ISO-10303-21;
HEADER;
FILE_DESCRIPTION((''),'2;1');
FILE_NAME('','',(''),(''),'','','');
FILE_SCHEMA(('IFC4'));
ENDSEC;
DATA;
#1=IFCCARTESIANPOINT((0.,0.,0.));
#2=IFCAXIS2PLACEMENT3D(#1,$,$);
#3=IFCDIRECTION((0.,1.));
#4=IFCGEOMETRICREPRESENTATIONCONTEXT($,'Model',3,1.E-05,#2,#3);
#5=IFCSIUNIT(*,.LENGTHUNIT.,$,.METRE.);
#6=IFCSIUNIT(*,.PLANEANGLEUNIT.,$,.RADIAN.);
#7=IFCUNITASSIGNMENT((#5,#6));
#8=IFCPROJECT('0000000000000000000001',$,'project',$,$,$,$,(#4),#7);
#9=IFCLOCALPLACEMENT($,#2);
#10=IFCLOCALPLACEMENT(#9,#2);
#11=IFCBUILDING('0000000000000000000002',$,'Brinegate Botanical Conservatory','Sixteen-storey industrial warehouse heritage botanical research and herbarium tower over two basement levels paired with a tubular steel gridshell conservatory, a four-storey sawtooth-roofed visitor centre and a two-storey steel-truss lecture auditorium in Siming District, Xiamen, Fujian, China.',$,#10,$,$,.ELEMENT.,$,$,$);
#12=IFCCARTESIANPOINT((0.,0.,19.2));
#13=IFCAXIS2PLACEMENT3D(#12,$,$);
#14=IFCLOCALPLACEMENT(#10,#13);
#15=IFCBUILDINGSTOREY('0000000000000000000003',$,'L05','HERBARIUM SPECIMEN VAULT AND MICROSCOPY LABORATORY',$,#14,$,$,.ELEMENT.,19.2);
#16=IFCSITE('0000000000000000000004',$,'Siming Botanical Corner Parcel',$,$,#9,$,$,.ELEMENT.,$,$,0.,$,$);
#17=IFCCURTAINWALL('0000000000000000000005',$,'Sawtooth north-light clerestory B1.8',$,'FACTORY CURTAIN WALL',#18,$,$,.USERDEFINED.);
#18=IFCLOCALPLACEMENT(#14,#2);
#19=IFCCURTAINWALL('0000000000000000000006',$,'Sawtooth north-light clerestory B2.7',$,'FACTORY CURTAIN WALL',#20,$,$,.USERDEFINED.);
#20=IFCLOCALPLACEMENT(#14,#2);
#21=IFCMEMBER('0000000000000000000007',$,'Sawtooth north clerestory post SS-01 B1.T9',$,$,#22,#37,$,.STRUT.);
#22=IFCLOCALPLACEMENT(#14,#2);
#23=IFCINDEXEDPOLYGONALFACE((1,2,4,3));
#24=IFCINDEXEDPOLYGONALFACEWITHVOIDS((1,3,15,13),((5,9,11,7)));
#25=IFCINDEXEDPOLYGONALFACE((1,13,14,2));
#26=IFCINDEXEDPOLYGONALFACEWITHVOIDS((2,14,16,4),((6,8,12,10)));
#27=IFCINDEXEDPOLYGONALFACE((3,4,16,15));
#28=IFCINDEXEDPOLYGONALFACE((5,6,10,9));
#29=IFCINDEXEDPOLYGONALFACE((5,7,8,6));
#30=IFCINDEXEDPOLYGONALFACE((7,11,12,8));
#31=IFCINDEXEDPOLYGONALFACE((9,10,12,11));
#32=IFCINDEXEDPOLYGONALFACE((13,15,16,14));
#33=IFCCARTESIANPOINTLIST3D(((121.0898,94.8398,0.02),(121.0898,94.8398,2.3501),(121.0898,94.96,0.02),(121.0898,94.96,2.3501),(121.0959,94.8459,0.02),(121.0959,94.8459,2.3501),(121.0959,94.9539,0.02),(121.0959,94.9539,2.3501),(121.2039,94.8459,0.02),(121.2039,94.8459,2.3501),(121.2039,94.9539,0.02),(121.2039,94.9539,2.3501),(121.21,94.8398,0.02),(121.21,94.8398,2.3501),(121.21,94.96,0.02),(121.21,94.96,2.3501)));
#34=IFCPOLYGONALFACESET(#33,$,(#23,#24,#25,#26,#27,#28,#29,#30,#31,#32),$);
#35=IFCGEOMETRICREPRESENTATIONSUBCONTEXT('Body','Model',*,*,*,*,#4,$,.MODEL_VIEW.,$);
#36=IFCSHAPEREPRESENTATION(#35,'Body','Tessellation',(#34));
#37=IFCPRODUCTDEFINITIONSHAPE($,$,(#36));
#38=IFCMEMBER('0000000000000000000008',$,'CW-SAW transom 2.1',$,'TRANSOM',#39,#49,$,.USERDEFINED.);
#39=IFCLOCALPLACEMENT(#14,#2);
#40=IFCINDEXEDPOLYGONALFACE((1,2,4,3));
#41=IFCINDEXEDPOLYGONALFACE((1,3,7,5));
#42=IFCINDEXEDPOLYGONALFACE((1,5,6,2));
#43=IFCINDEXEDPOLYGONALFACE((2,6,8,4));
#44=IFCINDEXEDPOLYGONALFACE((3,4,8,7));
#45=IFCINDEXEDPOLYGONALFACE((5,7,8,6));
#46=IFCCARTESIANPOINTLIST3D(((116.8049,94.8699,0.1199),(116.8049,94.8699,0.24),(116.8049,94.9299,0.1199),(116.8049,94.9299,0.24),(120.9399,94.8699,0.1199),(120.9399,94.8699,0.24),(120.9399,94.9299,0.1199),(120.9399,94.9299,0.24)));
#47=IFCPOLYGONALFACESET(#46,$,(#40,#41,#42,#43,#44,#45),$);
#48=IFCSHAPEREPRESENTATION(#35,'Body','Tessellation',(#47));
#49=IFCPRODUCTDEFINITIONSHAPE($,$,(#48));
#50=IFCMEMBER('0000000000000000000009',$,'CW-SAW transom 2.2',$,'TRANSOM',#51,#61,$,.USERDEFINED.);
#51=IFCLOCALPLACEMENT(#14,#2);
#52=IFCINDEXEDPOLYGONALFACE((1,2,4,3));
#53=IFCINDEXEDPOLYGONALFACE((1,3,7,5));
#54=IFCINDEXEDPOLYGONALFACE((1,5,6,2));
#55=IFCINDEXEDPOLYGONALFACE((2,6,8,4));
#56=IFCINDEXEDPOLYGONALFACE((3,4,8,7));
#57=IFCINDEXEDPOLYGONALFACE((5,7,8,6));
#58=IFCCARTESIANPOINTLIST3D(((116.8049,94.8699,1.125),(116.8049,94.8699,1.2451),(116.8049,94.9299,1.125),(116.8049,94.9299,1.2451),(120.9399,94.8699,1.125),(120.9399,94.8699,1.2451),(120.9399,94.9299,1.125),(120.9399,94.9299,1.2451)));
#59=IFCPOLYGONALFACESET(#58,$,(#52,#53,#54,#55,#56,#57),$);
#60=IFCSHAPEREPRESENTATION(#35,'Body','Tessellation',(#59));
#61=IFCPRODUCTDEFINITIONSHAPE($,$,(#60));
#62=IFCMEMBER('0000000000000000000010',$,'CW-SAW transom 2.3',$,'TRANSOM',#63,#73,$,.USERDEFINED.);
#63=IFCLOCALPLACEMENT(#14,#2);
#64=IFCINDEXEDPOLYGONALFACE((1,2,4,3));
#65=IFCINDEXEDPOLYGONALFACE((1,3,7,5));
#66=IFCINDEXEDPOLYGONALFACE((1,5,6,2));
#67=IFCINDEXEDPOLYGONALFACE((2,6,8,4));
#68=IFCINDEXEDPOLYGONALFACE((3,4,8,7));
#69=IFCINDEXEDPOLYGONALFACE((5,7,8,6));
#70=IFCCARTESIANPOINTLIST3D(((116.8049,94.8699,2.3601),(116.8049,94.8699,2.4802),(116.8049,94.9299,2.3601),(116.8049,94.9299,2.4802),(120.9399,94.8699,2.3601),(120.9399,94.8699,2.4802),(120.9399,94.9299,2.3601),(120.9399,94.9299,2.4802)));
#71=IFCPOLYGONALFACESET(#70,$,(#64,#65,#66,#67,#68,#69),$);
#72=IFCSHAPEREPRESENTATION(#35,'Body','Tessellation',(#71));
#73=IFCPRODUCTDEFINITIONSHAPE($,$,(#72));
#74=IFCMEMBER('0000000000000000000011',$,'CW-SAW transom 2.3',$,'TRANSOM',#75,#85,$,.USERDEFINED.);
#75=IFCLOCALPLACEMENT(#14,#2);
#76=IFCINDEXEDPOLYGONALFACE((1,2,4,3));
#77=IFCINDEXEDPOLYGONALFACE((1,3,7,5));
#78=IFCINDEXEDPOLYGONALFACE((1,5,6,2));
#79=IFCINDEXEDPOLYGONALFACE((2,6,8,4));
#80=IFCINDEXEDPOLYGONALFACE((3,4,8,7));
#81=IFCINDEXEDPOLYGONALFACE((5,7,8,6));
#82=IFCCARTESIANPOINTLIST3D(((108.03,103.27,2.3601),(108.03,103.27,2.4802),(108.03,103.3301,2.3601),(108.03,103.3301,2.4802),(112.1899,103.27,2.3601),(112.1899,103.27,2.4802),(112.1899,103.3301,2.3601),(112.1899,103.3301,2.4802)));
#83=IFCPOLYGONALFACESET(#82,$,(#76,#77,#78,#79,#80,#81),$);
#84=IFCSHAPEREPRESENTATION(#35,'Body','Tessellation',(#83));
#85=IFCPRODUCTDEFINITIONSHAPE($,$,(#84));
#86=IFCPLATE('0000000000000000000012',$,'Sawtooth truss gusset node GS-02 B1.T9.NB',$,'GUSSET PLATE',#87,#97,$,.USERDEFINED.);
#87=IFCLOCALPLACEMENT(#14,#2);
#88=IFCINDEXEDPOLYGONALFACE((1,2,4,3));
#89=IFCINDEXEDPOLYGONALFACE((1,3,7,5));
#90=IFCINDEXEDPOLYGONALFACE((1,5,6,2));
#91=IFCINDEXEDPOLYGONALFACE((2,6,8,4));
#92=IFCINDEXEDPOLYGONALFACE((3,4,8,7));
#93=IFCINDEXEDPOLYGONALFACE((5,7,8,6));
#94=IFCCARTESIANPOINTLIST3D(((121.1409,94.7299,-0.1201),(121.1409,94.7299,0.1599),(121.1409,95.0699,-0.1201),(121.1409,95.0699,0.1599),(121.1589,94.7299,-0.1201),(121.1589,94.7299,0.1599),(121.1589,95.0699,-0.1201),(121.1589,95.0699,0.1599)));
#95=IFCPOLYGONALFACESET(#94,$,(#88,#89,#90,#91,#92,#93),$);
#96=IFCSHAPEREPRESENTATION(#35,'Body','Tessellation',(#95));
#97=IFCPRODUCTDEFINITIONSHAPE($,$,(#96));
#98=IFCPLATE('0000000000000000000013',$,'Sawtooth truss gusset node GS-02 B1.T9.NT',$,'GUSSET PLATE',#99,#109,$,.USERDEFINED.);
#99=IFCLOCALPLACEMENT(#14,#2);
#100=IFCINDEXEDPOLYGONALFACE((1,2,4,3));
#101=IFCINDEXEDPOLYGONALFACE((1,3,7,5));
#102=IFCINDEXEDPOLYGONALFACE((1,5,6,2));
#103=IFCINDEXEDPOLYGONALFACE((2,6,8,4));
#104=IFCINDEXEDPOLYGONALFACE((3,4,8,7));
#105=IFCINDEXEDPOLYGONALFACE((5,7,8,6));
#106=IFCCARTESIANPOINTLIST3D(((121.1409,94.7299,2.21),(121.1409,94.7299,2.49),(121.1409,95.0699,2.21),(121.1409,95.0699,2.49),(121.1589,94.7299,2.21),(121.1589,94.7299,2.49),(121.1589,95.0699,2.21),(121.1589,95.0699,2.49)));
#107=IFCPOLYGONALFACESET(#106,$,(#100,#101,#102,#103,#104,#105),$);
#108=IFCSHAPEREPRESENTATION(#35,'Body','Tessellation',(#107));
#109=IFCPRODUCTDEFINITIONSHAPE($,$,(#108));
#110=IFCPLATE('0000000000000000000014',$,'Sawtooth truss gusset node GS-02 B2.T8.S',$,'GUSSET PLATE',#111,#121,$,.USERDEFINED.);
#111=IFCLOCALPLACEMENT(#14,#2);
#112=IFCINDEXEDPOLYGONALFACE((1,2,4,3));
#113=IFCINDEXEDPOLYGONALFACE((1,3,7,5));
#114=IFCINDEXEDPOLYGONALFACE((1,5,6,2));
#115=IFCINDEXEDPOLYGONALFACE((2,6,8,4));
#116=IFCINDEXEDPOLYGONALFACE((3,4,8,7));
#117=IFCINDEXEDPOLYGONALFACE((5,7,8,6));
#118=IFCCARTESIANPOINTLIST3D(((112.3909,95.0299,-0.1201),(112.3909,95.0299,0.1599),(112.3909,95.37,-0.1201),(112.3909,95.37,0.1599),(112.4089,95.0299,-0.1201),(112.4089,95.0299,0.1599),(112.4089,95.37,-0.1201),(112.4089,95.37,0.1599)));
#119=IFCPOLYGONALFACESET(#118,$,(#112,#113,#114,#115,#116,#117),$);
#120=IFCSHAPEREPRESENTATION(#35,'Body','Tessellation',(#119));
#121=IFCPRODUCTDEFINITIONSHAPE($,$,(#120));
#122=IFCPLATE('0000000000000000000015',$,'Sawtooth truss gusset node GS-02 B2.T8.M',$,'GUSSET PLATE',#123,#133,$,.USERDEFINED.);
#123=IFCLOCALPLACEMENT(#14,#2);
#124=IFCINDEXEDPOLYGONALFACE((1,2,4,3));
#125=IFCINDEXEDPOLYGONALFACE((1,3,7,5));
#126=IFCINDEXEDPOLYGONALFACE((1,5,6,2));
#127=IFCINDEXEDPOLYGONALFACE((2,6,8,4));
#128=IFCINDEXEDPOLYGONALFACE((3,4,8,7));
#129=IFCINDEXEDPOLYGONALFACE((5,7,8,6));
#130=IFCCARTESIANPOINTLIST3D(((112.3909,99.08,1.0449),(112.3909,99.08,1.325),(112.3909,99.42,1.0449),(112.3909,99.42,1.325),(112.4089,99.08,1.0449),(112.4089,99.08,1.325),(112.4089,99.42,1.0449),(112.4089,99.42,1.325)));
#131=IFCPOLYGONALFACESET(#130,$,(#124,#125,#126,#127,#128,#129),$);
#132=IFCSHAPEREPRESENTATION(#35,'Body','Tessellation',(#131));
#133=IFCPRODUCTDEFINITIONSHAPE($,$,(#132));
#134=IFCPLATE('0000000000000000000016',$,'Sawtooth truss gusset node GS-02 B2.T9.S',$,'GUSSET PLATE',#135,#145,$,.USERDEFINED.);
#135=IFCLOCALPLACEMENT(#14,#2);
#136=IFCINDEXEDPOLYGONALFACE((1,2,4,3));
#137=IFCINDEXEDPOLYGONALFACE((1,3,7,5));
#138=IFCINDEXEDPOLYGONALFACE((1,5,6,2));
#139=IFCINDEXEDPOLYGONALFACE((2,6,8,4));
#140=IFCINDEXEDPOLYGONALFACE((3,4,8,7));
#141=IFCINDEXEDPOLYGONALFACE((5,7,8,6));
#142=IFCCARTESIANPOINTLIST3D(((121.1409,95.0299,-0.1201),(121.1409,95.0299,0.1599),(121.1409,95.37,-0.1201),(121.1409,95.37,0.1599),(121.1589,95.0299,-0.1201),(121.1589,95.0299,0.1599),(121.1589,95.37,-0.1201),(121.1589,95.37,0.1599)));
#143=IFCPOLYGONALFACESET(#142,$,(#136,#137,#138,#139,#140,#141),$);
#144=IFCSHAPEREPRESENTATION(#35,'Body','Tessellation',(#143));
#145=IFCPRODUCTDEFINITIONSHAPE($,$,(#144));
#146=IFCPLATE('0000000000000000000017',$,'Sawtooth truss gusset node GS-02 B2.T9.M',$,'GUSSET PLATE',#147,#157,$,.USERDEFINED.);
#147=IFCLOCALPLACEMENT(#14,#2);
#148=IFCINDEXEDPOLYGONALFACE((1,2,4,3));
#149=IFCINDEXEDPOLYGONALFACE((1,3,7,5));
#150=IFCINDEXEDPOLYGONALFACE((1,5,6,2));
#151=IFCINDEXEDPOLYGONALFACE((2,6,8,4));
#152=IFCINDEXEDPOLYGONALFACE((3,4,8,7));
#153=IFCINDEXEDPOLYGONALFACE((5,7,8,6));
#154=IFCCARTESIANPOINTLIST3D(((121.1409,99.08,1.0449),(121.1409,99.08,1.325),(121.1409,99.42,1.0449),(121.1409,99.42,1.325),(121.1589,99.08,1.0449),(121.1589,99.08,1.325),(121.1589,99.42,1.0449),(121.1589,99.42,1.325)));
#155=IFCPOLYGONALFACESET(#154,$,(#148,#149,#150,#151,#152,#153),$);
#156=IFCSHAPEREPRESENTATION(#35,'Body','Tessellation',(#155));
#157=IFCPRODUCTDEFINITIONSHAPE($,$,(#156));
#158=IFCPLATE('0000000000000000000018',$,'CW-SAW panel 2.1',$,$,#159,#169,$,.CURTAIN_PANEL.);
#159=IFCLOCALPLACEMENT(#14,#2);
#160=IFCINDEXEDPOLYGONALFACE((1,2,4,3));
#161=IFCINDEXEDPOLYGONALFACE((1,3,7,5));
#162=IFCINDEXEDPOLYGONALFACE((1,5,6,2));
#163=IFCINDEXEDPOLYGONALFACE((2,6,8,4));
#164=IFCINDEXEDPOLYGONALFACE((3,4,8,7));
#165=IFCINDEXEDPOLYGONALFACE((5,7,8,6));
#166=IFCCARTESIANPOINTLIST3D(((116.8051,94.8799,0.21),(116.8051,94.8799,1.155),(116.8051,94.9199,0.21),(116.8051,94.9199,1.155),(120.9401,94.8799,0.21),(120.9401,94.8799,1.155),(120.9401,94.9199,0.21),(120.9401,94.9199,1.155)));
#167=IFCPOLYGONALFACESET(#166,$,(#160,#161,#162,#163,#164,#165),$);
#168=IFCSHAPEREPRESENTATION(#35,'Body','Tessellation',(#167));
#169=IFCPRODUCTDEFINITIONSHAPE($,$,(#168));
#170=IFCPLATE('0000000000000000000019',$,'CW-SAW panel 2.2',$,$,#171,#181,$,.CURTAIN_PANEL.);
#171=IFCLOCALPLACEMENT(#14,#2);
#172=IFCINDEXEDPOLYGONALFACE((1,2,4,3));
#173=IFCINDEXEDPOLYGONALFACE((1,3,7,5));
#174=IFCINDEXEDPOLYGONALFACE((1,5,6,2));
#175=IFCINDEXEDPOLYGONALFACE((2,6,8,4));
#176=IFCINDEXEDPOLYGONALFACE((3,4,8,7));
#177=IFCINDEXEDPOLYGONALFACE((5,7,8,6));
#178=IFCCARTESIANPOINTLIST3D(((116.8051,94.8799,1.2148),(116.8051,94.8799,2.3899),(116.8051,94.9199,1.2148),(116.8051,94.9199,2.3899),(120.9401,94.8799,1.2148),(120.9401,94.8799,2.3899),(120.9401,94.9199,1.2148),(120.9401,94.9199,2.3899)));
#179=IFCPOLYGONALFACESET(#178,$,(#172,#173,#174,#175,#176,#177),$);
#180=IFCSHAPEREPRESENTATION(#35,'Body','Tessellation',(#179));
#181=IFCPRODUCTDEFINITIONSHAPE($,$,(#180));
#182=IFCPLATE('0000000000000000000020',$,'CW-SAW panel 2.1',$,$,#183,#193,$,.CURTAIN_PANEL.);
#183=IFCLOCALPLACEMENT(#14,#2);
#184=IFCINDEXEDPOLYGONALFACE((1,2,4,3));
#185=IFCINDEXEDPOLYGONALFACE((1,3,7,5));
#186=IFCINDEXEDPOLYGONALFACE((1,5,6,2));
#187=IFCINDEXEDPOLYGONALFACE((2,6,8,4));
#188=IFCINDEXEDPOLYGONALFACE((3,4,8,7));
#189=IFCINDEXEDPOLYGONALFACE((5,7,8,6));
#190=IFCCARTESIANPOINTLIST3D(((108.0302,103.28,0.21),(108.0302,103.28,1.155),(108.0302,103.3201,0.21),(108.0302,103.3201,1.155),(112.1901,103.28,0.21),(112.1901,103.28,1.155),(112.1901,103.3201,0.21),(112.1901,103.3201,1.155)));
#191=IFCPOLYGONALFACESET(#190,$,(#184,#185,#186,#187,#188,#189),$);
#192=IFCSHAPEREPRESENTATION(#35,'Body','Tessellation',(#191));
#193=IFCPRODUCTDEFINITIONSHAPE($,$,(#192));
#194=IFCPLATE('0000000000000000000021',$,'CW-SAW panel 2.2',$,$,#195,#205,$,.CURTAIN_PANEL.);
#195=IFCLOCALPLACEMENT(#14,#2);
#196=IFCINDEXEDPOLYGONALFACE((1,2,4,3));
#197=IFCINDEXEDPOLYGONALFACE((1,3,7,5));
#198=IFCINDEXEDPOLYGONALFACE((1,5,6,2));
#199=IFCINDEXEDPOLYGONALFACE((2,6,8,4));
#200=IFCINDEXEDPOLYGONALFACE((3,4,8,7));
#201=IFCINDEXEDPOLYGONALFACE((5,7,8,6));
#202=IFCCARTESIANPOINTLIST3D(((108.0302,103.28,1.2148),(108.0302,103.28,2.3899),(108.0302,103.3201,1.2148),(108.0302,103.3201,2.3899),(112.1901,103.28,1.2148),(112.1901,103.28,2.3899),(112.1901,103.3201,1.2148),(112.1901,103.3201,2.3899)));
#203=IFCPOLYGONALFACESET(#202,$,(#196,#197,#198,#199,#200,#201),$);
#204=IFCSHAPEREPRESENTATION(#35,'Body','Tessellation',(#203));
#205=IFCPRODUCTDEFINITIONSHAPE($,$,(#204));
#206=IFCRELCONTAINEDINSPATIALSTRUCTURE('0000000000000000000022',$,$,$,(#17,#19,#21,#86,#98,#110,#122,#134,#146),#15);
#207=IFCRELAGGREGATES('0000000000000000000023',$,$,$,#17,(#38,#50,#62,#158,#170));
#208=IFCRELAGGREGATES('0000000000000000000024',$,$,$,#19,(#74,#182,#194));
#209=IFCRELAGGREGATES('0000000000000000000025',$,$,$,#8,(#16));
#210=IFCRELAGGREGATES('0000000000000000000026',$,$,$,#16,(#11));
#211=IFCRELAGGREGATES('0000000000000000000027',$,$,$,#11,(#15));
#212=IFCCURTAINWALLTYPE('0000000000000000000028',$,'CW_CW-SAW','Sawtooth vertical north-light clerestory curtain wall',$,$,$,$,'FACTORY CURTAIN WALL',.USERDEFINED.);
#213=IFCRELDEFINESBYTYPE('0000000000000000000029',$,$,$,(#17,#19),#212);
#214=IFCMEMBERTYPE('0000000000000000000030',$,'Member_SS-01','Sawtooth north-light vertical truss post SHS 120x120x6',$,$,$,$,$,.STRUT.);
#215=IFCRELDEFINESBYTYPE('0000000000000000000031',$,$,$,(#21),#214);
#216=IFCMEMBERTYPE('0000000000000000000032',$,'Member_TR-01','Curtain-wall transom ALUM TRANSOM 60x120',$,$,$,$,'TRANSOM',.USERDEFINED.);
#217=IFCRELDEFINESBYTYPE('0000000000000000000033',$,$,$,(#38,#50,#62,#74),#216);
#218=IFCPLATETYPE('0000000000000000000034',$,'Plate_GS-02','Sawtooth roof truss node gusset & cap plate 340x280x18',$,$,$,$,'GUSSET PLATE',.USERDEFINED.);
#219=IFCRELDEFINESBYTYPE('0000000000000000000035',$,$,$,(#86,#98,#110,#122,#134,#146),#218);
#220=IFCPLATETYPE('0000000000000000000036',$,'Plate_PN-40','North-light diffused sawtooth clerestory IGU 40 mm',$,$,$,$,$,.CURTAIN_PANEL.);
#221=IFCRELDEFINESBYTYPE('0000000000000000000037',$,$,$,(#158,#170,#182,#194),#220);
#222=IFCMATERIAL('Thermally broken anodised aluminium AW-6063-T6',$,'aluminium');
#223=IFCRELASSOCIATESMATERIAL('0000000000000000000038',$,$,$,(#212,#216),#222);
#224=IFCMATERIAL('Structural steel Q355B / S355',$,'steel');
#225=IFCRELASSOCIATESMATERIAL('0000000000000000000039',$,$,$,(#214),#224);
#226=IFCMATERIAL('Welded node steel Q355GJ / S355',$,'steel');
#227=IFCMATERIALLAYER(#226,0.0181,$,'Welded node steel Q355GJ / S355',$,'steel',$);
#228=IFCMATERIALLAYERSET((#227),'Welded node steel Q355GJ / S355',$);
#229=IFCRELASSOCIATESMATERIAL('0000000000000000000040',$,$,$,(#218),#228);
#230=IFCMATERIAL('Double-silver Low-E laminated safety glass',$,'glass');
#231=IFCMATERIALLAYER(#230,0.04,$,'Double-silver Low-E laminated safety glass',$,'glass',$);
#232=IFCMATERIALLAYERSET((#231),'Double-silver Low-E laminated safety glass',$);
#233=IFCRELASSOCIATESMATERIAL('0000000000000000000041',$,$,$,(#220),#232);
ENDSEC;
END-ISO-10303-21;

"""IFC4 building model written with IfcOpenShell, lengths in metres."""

from ifc_helpers import new_model, si_unit, direction, frame, origin, origin_2d, place, context, subcontext, project, spatial, rectangle, hollow_rectangle, extrude, material, layer, layer_set, material_profile, profile_set, type_object, element, aggregate, save


model = new_model("IFC4")

# Units and contexts
model_context = context("Model", 3, precision=1e-05, world=origin(), true_north=direction((0.0, 1.0)))
body_context = subcontext(model_context, "Body", "Model", "MODEL_VIEW")
ifc_project = project(units=[si_unit("LENGTHUNIT", "METRE"), si_unit("PLANEANGLEUNIT", "RADIAN")], contexts=[model_context])

# Site, building, storey
site_placement = place(None, origin())
site = spatial("IfcSite", under=ifc_project, at=site_placement, Name="Siming Botanical Corner Parcel", CompositionType="ELEMENT", RefElevation=0.0)
building_placement = place(site_placement, origin())
building = spatial("IfcBuilding", under=site, at=building_placement, Name="Brinegate Botanical Conservatory", Description="Sixteen-storey industrial warehouse heritage botanical research and herbarium tower over two basement levels paired with a tubular steel gridshell conservatory, a four-storey sawtooth-roofed visitor centre and a two-storey steel-truss lecture auditorium in Siming District, Xiamen, Fujian, China.", CompositionType="ELEMENT")
storey_placement = place(building_placement, frame((0.0, 0.0, 19.2)))
storey = spatial("IfcBuildingStorey", under=building, at=storey_placement, Name="L05", Description="HERBARIUM SPECIMEN VAULT AND MICROSCOPY LABORATORY", CompositionType="ELEMENT", Elevation=19.2)

# Shared definitions
ifc_material_1 = material(Name="Structural steel Q355B / S355", Category="steel")

# Curtain walls
ifc_material_2 = material(Name="Thermally broken anodised aluminium AW-6063-T6", Category="aluminium")
curtain_wall_type = type_object("IfcCurtainWallType", Name="CW_CW-SAW", Description="Sawtooth vertical north-light clerestory curtain wall", ElementType="FACTORY CURTAIN WALL", PredefinedType="USERDEFINED", material=ifc_material_2)
curtain_wall_1_placement = place(storey_placement, origin())
curtain_wall_1 = element("IfcCurtainWall", 1, at=curtain_wall_1_placement, inside=storey, type_object=curtain_wall_type, Name="Sawtooth north-light clerestory B1.8", ObjectType="FACTORY CURTAIN WALL", PredefinedType="USERDEFINED")
curtain_wall_2_placement = place(storey_placement, origin())
curtain_wall_2 = element("IfcCurtainWall", 2, at=curtain_wall_2_placement, inside=storey, type_object=curtain_wall_type, Name="Sawtooth north-light clerestory B2.7", ObjectType="FACTORY CURTAIN WALL", PredefinedType="USERDEFINED")

# Member
ifc_material_profile_1 = material_profile(ifc_material_1, hollow_rectangle(XDim=0.1201, YDim=0.1201, WallThickness=0.0061, at=origin_2d()), Name="SHS 120x120x6")
ifc_profile_set_1 = profile_set([ifc_material_profile_1], Name="Structural steel Q355B / S355")
member_type_1 = type_object("IfcMemberType", Name="Member_SS-01", Description="Sawtooth north-light vertical truss post SHS 120x120x6", PredefinedType="STRUT", material=ifc_profile_set_1)
member_1_placement = place(storey_placement, frame((121.1499, 94.8999, 0.02), z_axis=(0.0, 0.0, 1.0), x_axis=(1.0, 0.0, 0.0)))
element("IfcMember", 3, at=member_1_placement, inside=storey, type_object=member_type_1, Name="Sawtooth north clerestory post SS-01 B1.T9", PredefinedType="STRUT", context=body_context, shape_type="SweptSolid", body=[
    extrude(hollow_rectangle(XDim=0.1201, YDim=0.1201, WallThickness=0.0061, at=origin_2d()), origin(), (0.0, 0.0, 1.0), 2.3301),
])

# Members
ifc_material_profile_2 = material_profile(ifc_material_2, rectangle(XDim=0.0601, YDim=0.1201, at=origin_2d()), Name="ALUM TRANSOM 60x120")
ifc_profile_set_2 = profile_set([ifc_material_profile_2], Name="Thermally broken anodised aluminium AW-6063-T6")
member_type_2 = type_object("IfcMemberType", Name="Member_TR-01", Description="Curtain-wall transom ALUM TRANSOM 60x120", ElementType="TRANSOM", PredefinedType="USERDEFINED", material=ifc_profile_set_2)
member_2_placement = place(storey_placement, frame((116.8049, 94.8999, 0.1799), z_axis=(1.0, 0.0, 0.0), x_axis=(0.0, 1.0, 0.0)))
member_2 = element("IfcMember", 4, at=member_2_placement, type_object=member_type_2, Name="CW-SAW transom 2.1", ObjectType="TRANSOM", PredefinedType="USERDEFINED", context=body_context, shape_type="SweptSolid", body=[
    extrude(rectangle(XDim=0.0601, YDim=0.1201, at=origin_2d()), origin(), (0.0, 0.0, 1.0), 4.135),
])
member_3_placement = place(storey_placement, frame((116.8049, 94.8999, 1.1851), z_axis=(1.0, 0.0, 0.0), x_axis=(0.0, 1.0, 0.0)))
member_3 = element("IfcMember", 5, at=member_3_placement, type_object=member_type_2, Name="CW-SAW transom 2.2", ObjectType="TRANSOM", PredefinedType="USERDEFINED", context=body_context, shape_type="SweptSolid", body=[
    extrude(rectangle(XDim=0.0601, YDim=0.1201, at=origin_2d()), origin(), (0.0, 0.0, 1.0), 4.135),
])
member_4_placement = place(storey_placement, frame((116.8049, 94.8999, 2.4202), z_axis=(1.0, 0.0, 0.0), x_axis=(0.0, 1.0, 0.0)))
member_4 = element("IfcMember", 6, at=member_4_placement, type_object=member_type_2, Name="CW-SAW transom 2.3", ObjectType="TRANSOM", PredefinedType="USERDEFINED", context=body_context, shape_type="SweptSolid", body=[
    extrude(rectangle(XDim=0.0601, YDim=0.1201, at=origin_2d()), origin(), (0.0, 0.0, 1.0), 4.135),
])
member_5_placement = place(storey_placement, frame((108.03, 103.3, 2.4202), z_axis=(1.0, 0.0, 0.0), x_axis=(0.0, 1.0, 0.0)))
member_5 = element("IfcMember", 7, at=member_5_placement, type_object=member_type_2, Name="CW-SAW transom 2.3", ObjectType="TRANSOM", PredefinedType="USERDEFINED", context=body_context, shape_type="SweptSolid", body=[
    extrude(rectangle(XDim=0.0601, YDim=0.1201, at=origin_2d()), origin(), (0.0, 0.0, 1.0), 4.1599),
])

# Plates
ifc_material_3 = material(Name="Welded node steel Q355GJ / S355", Category="steel")
ifc_layer_1 = layer(ifc_material_3, 0.0181, Name="Welded node steel Q355GJ / S355", Category="steel")
ifc_layer_set_1 = layer_set([ifc_layer_1], Name="Welded node steel Q355GJ / S355")
plate_type_1 = type_object("IfcPlateType", Name="Plate_GS-02", Description="Sawtooth roof truss node gusset & cap plate 340x280x18", ElementType="GUSSET PLATE", PredefinedType="USERDEFINED", material=ifc_layer_set_1)
for number, where, z_axis, x_axis, name in (
    (8, (121.1499, 94.8999, -0.1201), (0.0, 0.0, 1.0), (1.0, 0.0, 0.0), "Sawtooth truss gusset node GS-02 B1.T9.NB"),
    (9, (121.1499, 94.8999, 2.21), (0.0, 0.0, 1.0), (1.0, 0.0, 0.0), "Sawtooth truss gusset node GS-02 B1.T9.NT"),
    (10, (112.3999, 95.2, -0.1201), (0.0, 0.0, 1.0), (1.0, 0.0, 0.0), "Sawtooth truss gusset node GS-02 B2.T8.S"),
    (11, (112.3999, 99.25, 1.0449), (0.0, 0.0, 1.0), (1.0, 0.0, 0.0), "Sawtooth truss gusset node GS-02 B2.T8.M"),
    (12, (121.1499, 95.2, -0.1201), (0.0, 0.0, 1.0), (1.0, 0.0, 0.0), "Sawtooth truss gusset node GS-02 B2.T9.S"),
    (13, (121.1499, 99.25, 1.0449), (0.0, 0.0, 1.0), (1.0, 0.0, 0.0), "Sawtooth truss gusset node GS-02 B2.T9.M"),
):
    element("IfcPlate", number, at=place(storey_placement, frame(where, z_axis=z_axis, x_axis=x_axis)), inside=storey, type_object=plate_type_1, Name=name, ObjectType="GUSSET PLATE", PredefinedType="USERDEFINED", context=body_context, shape_type="SweptSolid", body=[
        extrude(rectangle(XDim=0.0181, YDim=0.3401, at=origin_2d()), origin(), (0.0, 0.0, 1.0), 0.28),
    ])

# Plates
ifc_material_4 = material(Name="Double-silver Low-E laminated safety glass", Category="glass")
ifc_layer_2 = layer(ifc_material_4, 0.04, Name="Double-silver Low-E laminated safety glass", Category="glass")
ifc_layer_set_2 = layer_set([ifc_layer_2], Name="Double-silver Low-E laminated safety glass")
plate_type_2 = type_object("IfcPlateType", Name="Plate_PN-40", Description="North-light diffused sawtooth clerestory IGU 40 mm", PredefinedType="CURTAIN_PANEL", material=ifc_layer_set_2)
plate_1_placement = place(storey_placement, frame((118.8726, 94.8999, 0.21), z_axis=(0.0, 0.0, 1.0), x_axis=(1.0, 0.0, 0.0)))
plate_1 = element("IfcPlate", 14, at=plate_1_placement, type_object=plate_type_2, Name="CW-SAW panel 2.1", PredefinedType="CURTAIN_PANEL", context=body_context, shape_type="SweptSolid", body=[
    extrude(rectangle(XDim=4.135, YDim=0.04, at=origin_2d()), origin(), (0.0, 0.0, 1.0), 0.9451),
])
plate_2_placement = place(storey_placement, frame((118.8726, 94.8999, 1.2148), z_axis=(0.0, 0.0, 1.0), x_axis=(1.0, 0.0, 0.0)))
plate_2 = element("IfcPlate", 15, at=plate_2_placement, type_object=plate_type_2, Name="CW-SAW panel 2.2", PredefinedType="CURTAIN_PANEL", context=body_context, shape_type="SweptSolid", body=[
    extrude(rectangle(XDim=4.135, YDim=0.04, at=origin_2d()), origin(), (0.0, 0.0, 1.0), 1.175),
])
aggregate(curtain_wall_1, [member_2, member_3, member_4, plate_1, plate_2])
plate_3_placement = place(storey_placement, frame((110.1101, 103.3, 0.21), z_axis=(0.0, 0.0, 1.0), x_axis=(1.0, 0.0, 0.0)))
plate_3 = element("IfcPlate", 16, at=plate_3_placement, type_object=plate_type_2, Name="CW-SAW panel 2.1", PredefinedType="CURTAIN_PANEL", context=body_context, shape_type="SweptSolid", body=[
    extrude(rectangle(XDim=4.1599, YDim=0.04, at=origin_2d()), origin(), (0.0, 0.0, 1.0), 0.9451),
])
plate_4_placement = place(storey_placement, frame((110.1101, 103.3, 1.2148), z_axis=(0.0, 0.0, 1.0), x_axis=(1.0, 0.0, 0.0)))
plate_4 = element("IfcPlate", 17, at=plate_4_placement, type_object=plate_type_2, Name="CW-SAW panel 2.2", PredefinedType="CURTAIN_PANEL", context=body_context, shape_type="SweptSolid", body=[
    extrude(rectangle(XDim=4.1599, YDim=0.04, at=origin_2d()), origin(), (0.0, 0.0, 1.0), 1.175),
])
aggregate(curtain_wall_2, [member_5, plate_3, plate_4])

save(model, "model.ifc")
